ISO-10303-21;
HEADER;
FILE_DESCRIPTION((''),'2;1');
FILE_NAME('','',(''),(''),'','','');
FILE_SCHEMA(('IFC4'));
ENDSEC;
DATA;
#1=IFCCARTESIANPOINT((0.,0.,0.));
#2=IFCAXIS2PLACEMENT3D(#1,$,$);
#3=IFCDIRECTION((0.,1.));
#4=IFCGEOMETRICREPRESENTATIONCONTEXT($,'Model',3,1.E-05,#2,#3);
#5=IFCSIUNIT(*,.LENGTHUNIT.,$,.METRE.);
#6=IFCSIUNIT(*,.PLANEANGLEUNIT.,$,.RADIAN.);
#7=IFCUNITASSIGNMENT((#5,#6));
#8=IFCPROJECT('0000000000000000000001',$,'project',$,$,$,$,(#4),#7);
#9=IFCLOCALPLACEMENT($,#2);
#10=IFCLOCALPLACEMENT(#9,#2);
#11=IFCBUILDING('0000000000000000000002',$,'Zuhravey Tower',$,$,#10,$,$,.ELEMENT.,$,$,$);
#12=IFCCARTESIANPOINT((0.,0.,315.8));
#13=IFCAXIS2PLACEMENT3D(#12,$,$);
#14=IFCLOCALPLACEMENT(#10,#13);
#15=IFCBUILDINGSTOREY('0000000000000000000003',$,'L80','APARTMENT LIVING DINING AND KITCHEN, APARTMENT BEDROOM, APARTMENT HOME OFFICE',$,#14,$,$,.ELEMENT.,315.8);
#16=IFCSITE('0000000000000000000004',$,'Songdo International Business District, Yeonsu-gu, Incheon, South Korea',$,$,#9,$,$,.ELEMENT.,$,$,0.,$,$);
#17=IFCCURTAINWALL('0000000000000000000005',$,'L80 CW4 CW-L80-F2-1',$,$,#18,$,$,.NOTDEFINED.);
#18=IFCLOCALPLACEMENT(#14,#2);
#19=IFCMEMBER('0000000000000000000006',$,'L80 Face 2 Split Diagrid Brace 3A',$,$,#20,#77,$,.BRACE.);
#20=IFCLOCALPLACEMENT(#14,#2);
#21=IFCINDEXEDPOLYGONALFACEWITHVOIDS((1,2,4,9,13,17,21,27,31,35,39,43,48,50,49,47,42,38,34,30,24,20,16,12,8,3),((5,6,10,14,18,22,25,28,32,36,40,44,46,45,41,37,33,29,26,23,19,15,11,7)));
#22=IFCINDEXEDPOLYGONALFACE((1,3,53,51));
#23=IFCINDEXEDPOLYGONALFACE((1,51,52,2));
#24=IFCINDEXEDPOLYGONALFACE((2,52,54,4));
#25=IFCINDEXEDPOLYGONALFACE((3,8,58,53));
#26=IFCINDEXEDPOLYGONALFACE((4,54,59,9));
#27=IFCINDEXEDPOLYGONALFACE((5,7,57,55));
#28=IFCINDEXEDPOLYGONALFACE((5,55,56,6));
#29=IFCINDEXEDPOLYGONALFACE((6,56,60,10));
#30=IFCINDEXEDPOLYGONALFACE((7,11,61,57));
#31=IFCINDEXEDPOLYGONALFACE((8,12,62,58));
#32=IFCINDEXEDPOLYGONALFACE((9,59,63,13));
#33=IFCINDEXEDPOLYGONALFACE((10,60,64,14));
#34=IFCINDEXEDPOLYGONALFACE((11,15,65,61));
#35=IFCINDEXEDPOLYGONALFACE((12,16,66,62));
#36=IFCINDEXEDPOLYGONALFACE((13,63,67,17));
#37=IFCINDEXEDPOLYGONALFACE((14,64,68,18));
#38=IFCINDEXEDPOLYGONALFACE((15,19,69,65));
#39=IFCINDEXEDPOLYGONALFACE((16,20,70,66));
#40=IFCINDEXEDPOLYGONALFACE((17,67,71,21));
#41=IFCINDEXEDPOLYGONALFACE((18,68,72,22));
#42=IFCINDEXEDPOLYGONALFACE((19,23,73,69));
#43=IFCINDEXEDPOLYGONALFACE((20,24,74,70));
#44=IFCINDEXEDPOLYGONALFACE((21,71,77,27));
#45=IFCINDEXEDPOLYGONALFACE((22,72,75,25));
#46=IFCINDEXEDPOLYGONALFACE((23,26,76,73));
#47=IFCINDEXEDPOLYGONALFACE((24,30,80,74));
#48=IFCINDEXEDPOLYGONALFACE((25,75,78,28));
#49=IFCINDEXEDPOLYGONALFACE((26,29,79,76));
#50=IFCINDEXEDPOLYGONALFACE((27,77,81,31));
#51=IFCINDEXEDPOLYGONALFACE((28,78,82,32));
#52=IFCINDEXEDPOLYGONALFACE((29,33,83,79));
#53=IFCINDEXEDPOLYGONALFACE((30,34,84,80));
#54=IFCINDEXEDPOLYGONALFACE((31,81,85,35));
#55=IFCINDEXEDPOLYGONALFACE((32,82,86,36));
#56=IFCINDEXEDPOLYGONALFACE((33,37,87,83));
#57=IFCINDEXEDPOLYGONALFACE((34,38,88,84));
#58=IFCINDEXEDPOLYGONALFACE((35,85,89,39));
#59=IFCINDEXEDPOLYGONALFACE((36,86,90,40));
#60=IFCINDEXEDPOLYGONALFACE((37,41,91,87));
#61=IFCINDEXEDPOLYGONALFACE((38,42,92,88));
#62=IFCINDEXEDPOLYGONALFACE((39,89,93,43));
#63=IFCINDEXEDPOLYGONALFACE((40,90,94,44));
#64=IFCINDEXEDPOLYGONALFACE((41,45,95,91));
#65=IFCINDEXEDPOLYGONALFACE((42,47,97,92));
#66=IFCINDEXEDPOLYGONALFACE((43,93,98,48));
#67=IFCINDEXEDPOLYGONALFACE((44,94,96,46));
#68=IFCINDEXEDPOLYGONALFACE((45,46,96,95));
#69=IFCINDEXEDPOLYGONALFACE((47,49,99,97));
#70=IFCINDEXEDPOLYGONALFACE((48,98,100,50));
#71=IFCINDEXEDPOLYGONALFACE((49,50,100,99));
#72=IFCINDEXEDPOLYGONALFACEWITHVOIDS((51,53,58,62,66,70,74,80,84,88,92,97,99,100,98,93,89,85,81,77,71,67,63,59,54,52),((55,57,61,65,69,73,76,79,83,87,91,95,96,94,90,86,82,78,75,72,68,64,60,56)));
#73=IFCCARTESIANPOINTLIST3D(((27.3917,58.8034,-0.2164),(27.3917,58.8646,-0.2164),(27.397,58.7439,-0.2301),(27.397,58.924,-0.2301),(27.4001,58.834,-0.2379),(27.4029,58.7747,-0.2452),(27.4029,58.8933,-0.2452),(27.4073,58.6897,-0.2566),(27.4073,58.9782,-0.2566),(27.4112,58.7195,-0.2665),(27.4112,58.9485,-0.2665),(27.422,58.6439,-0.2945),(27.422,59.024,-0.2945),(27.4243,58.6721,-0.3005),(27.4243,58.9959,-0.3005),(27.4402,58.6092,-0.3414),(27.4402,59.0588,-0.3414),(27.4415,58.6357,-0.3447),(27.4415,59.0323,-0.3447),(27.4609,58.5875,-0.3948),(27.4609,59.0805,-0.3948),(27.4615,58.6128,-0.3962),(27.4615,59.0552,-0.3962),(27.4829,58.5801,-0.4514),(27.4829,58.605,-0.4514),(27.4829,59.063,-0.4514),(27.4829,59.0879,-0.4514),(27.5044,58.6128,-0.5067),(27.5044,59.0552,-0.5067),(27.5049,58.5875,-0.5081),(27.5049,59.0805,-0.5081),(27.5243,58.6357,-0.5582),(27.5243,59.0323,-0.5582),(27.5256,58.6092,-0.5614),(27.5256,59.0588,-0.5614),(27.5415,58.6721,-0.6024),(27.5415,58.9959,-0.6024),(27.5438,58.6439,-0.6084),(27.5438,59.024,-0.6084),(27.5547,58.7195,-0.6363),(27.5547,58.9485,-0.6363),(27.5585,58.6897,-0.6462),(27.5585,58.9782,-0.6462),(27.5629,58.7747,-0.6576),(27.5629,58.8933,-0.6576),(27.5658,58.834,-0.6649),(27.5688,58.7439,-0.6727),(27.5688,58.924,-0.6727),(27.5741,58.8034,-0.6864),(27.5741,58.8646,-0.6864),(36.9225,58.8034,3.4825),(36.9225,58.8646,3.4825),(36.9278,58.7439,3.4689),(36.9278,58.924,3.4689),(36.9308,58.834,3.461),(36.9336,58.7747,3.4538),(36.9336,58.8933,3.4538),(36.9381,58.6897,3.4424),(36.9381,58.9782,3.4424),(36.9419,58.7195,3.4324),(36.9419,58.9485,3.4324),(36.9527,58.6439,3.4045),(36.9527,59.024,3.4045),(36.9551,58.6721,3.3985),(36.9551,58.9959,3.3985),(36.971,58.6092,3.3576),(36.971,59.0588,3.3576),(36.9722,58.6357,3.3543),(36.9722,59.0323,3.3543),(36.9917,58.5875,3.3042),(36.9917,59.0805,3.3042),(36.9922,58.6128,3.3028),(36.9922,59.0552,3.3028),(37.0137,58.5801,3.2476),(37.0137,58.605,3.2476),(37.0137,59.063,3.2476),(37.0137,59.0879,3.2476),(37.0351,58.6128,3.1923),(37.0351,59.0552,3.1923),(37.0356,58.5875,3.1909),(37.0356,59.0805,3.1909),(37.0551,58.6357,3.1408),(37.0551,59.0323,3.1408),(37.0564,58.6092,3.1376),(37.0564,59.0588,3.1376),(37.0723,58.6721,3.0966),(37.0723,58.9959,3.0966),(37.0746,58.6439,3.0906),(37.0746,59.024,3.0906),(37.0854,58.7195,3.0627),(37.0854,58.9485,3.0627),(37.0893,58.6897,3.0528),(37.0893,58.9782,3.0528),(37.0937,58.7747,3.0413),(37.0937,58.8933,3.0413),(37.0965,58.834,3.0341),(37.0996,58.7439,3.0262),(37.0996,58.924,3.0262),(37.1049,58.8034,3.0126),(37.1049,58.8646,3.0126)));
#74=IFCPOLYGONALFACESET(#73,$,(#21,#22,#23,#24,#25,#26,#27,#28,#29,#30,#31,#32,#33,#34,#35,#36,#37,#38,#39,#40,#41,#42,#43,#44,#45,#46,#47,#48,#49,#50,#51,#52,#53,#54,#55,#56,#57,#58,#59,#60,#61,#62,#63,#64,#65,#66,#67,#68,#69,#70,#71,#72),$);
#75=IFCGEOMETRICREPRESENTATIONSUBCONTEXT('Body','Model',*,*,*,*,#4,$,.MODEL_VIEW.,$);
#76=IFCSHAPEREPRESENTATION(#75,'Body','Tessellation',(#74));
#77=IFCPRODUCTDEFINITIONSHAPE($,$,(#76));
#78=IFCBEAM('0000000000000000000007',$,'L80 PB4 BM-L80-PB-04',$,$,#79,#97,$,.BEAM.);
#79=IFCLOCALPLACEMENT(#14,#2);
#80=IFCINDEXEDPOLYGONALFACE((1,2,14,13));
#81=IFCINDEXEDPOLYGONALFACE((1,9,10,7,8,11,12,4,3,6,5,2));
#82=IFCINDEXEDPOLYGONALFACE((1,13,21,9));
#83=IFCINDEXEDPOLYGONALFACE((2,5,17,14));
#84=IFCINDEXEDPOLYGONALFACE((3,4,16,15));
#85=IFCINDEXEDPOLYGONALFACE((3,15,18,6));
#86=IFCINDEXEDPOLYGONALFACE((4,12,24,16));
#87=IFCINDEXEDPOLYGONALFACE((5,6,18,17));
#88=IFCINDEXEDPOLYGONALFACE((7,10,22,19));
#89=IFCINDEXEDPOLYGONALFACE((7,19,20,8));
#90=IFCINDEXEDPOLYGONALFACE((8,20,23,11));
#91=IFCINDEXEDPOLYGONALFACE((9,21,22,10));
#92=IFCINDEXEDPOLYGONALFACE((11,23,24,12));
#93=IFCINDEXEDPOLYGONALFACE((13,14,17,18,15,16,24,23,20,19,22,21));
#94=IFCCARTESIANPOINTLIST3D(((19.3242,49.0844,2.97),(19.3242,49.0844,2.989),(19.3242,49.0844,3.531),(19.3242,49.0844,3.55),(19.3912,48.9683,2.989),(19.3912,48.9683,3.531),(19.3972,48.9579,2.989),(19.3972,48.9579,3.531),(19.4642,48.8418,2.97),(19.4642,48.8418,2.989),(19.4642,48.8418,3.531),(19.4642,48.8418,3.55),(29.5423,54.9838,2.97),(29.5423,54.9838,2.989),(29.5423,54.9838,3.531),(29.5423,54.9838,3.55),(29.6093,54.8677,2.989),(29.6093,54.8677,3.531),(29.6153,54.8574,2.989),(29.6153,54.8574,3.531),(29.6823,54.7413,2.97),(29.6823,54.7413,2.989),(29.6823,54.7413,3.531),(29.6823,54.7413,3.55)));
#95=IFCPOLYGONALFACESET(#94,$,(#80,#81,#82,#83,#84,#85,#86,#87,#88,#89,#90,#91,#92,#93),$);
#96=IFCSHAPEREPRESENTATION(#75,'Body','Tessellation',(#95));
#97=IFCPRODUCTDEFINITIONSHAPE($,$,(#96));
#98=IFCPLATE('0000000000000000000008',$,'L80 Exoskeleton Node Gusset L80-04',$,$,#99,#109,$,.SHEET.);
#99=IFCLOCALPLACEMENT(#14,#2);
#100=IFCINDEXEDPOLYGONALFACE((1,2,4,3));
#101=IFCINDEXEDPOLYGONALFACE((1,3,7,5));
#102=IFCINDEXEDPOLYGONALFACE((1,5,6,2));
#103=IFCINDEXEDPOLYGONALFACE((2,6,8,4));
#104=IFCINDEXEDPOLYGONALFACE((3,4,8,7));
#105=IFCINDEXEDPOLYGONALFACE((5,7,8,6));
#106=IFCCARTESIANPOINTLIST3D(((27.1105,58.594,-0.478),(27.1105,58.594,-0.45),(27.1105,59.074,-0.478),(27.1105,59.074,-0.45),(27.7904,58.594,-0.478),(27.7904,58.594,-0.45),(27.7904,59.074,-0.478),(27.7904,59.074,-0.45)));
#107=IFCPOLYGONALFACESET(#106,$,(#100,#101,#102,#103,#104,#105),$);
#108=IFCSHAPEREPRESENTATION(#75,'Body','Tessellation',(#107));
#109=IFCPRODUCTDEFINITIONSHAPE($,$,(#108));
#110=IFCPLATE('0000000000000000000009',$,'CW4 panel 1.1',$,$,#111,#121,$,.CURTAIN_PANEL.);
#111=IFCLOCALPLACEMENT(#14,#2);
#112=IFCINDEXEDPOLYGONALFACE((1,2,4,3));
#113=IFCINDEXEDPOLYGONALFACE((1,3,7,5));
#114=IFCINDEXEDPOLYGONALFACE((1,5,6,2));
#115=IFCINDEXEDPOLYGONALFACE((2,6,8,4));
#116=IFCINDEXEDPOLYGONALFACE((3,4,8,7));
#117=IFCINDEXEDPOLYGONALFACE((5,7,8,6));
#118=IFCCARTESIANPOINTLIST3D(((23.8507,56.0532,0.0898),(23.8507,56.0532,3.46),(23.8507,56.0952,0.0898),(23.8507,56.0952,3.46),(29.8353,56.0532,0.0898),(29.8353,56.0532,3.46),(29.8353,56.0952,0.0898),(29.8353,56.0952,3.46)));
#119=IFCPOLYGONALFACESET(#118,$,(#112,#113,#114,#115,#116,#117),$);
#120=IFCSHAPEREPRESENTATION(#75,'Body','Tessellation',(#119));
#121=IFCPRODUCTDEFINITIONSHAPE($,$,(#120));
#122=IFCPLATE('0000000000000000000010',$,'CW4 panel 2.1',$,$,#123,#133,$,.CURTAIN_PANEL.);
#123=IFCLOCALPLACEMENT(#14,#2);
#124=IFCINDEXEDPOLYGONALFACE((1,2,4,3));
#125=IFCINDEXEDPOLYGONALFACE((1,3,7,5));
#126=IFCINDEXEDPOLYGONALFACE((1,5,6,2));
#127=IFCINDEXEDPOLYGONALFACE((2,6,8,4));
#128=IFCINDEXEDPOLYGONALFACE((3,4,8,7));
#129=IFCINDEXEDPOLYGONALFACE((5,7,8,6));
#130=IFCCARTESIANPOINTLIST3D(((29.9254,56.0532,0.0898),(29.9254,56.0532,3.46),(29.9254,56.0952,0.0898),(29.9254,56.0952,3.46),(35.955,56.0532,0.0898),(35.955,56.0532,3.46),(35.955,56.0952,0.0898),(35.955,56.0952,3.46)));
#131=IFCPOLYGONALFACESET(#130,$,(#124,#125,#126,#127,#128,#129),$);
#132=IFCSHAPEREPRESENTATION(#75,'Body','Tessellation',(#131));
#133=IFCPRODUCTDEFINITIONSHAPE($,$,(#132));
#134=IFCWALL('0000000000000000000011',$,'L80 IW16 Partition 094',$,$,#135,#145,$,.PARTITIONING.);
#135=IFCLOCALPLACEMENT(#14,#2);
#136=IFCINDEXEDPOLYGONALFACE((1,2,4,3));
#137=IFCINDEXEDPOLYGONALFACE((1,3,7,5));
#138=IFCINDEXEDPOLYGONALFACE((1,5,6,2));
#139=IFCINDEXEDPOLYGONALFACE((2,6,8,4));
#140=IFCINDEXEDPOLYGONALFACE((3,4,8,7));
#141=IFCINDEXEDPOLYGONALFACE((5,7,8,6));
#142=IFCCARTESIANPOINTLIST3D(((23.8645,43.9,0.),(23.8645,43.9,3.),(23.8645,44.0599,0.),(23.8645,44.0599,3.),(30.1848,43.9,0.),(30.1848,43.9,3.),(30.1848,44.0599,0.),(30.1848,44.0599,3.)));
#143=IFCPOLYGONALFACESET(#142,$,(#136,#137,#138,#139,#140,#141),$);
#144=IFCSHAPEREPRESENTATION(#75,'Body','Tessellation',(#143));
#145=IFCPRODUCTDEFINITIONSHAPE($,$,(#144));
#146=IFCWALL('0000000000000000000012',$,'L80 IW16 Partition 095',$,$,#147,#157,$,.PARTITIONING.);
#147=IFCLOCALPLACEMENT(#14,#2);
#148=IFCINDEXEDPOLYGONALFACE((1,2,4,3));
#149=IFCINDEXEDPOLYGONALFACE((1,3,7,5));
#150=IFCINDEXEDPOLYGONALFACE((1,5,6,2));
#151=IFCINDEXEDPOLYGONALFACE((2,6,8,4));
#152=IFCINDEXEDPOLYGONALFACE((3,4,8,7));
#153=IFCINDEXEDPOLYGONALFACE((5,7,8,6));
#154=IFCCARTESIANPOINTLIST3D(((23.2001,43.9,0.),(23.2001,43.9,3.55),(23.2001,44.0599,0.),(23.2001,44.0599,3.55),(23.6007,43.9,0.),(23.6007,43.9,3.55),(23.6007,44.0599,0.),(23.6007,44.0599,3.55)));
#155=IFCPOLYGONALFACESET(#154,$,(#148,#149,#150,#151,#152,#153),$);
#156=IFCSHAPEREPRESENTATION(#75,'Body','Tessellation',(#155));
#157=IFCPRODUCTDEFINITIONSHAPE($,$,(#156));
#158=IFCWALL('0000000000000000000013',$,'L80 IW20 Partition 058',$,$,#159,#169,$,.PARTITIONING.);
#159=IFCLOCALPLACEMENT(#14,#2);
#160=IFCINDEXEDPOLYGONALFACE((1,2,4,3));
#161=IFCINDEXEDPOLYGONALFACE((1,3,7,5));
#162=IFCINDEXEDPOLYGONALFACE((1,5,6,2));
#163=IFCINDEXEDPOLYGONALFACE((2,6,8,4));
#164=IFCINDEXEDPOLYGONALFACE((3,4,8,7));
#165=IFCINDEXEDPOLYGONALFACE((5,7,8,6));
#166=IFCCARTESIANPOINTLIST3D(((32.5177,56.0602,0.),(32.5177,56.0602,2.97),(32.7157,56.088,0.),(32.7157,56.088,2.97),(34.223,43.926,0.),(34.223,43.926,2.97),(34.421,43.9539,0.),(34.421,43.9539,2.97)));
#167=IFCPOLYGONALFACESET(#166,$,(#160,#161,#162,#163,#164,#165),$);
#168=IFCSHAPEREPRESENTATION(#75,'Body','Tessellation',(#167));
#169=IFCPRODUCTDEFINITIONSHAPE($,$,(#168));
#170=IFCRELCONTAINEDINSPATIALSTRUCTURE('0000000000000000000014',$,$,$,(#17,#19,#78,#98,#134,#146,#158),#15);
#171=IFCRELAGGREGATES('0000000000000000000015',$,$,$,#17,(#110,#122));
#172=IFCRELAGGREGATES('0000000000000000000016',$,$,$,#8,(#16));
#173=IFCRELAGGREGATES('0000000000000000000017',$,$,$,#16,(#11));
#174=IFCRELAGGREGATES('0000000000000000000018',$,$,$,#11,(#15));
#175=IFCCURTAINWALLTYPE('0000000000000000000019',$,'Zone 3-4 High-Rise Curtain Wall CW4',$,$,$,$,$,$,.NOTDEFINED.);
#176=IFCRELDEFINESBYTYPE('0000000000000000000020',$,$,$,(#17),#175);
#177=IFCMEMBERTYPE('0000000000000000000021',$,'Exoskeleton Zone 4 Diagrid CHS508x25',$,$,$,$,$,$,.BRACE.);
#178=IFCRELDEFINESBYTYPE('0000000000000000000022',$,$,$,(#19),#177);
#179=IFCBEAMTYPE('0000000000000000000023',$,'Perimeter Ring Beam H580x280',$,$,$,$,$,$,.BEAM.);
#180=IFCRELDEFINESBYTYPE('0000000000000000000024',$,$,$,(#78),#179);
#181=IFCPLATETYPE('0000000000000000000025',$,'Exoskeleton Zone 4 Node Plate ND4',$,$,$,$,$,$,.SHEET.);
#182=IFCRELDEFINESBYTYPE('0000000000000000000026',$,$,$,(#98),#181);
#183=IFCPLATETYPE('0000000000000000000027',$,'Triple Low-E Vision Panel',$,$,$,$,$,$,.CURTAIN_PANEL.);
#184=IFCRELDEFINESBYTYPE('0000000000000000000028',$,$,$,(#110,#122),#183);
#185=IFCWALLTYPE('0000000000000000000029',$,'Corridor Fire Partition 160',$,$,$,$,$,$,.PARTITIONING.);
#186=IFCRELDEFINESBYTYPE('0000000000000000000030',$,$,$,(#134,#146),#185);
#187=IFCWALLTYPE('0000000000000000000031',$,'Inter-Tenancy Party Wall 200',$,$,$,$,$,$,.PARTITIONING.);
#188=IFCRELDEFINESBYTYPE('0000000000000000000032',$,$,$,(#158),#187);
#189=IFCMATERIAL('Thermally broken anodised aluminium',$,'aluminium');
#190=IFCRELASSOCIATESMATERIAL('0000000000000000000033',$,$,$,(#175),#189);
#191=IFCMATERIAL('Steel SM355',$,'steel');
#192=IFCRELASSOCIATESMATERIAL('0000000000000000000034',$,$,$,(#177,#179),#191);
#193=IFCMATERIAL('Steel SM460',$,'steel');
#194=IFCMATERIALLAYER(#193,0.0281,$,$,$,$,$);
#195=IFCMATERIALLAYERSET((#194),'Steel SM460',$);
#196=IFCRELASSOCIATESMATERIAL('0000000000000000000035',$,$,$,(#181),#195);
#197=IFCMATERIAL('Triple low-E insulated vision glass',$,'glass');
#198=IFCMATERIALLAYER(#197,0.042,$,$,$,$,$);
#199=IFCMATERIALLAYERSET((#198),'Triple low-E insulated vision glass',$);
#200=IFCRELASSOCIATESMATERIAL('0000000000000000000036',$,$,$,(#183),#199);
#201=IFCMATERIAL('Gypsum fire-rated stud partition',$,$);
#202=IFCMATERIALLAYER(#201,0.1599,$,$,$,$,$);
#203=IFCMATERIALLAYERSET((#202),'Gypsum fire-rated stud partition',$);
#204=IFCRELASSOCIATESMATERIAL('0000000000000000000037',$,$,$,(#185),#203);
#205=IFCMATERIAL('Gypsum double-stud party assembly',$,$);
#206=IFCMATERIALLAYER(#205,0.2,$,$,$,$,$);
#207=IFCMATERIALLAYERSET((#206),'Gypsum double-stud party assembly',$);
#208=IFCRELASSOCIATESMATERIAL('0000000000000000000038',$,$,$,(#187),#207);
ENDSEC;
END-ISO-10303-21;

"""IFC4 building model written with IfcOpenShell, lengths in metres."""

from ifc_helpers import new_model, si_unit, direction, frame, frame_2d, origin, origin_2d, place, context, subcontext, project, spatial, rectangle, hollow_circle, i_section, extrude, material, layer, layer_set, material_profile, profile_set, type_object, element, aggregate, save


model = new_model("IFC4")

# Units and contexts
model_context = context("Model", 3, precision=1e-05, world=origin(), true_north=direction((0.0, 1.0)))
body_context = subcontext(model_context, "Body", "Model", "MODEL_VIEW")
ifc_project = project(units=[si_unit("LENGTHUNIT", "METRE"), si_unit("PLANEANGLEUNIT", "RADIAN")], contexts=[model_context])

# Site, building, storey
site_placement = place(None, origin())
site = spatial("IfcSite", under=ifc_project, at=site_placement, Name="Songdo International Business District, Yeonsu-gu, Incheon, South Korea", CompositionType="ELEMENT", RefElevation=0.0)
building_placement = place(site_placement, origin())
building = spatial("IfcBuilding", under=site, at=building_placement, Name="Zuhravey Tower", CompositionType="ELEMENT")
storey_placement = place(building_placement, frame((0.0, 0.0, 315.8)))
storey = spatial("IfcBuildingStorey", under=building, at=storey_placement, Name="L80", Description="APARTMENT LIVING DINING AND KITCHEN, APARTMENT BEDROOM, APARTMENT HOME OFFICE", CompositionType="ELEMENT", Elevation=315.8)

# Curtain wall
ifc_material_1 = material(Name="Thermally broken anodised aluminium", Category="aluminium")
curtain_wall_type = type_object("IfcCurtainWallType", Name="Zone 3-4 High-Rise Curtain Wall CW4", PredefinedType="NOTDEFINED", material=ifc_material_1)
curtain_wall_placement = place(storey_placement, origin())
curtain_wall = element("IfcCurtainWall", 1, at=curtain_wall_placement, inside=storey, type_object=curtain_wall_type, Name="L80 CW4 CW-L80-F2-1", PredefinedType="NOTDEFINED")

# Member
ifc_material_2 = material(Name="Steel SM355", Category="steel")
ifc_material_profile_1 = material_profile(ifc_material_2, hollow_circle(Radius=0.2539, WallThickness=0.0249, at=origin_2d()), Name="CHS-508.0x25")
ifc_profile_set_1 = profile_set([ifc_material_profile_1], Name="Steel SM355")
member_type_1 = type_object("IfcMemberType", Name="Exoskeleton Zone 4 Diagrid CHS508x25", PredefinedType="BRACE", material=ifc_profile_set_1)
member_1_placement = place(storey_placement, frame((27.4829, 58.834, -0.4514), z_axis=(0.93225, 0.0, 0.361815), x_axis=(0.0, 1.0, 0.0)))
element("IfcMember", 2, at=member_1_placement, inside=storey, type_object=member_type_1, Name="L80 Face 2 Split Diagrid Brace 3A", PredefinedType="BRACE", context=body_context, shape_type="SweptSolid", body=[
    extrude(hollow_circle(Radius=0.2539, WallThickness=0.0249, at=origin_2d()), origin(), (0.0, 0.0, 1.0), 10.2234),
])

# Beam
ifc_material_profile_2 = material_profile(ifc_material_2, i_section(OverallWidth=0.28, OverallDepth=0.5801, WebThickness=0.012, FlangeThickness=0.019, at=origin_2d()), Name="H-580x280x12x19")
ifc_profile_set_2 = profile_set([ifc_material_profile_2], Name="Steel SM355")
beam_type = type_object("IfcBeamType", Name="Perimeter Ring Beam H580x280", PredefinedType="BEAM", material=ifc_profile_set_2)
beam_placement = place(storey_placement, frame((29.6123, 54.8625, 3.26), z_axis=(-0.866024, -0.500002, 0.0), x_axis=(0.500002, -0.866024, 0.0)))
element("IfcBeam", 3, at=beam_placement, inside=storey, type_object=beam_type, Name="L80 PB4 BM-L80-PB-04", PredefinedType="BEAM", context=body_context, shape_type="SweptSolid", body=[
    extrude(i_section(OverallWidth=0.28, OverallDepth=0.5801, WebThickness=0.012, FlangeThickness=0.019, at=origin_2d()), origin(), (0.0, 0.0, 1.0), 11.7988),
])

# Plates
ifc_material_3 = material(Name="Steel SM460", Category="steel")
ifc_layer_1 = layer(ifc_material_3, 0.0281)
ifc_layer_set_1 = layer_set([ifc_layer_1], Name="Steel SM460")
plate_type_1 = type_object("IfcPlateType", Name="Exoskeleton Zone 4 Node Plate ND4", PredefinedType="SHEET", material=ifc_layer_set_1)
plate_1_placement = place(storey_placement, frame((27.4504, 58.834, -0.478), z_axis=(0.0, 0.0, 1.0), x_axis=(-1.0, 0.0, 0.0)))
element("IfcPlate", 4, at=plate_1_placement, inside=storey, type_object=plate_type_1, Name="L80 Exoskeleton Node Gusset L80-04", PredefinedType="SHEET", context=body_context, shape_type="SweptSolid", body=[
    extrude(rectangle(XDim=0.6799, YDim=0.48, at=origin_2d()), origin(), (0.0, 0.0, 1.0), 0.0281),
])
ifc_material_4 = material(Name="Triple low-E insulated vision glass", Category="glass")
ifc_layer_2 = layer(ifc_material_4, 0.042)
ifc_layer_set_2 = layer_set([ifc_layer_2], Name="Triple low-E insulated vision glass")
plate_type_2 = type_object("IfcPlateType", Name="Triple Low-E Vision Panel", PredefinedType="CURTAIN_PANEL", material=ifc_layer_set_2)
plate_2_placement = place(storey_placement, frame((26.843, 56.0742, 0.0898), z_axis=(0.0, 0.0, 1.0), x_axis=(1.0, 0.0, 0.0)))
plate_2 = element("IfcPlate", 5, at=plate_2_placement, type_object=plate_type_2, Name="CW4 panel 1.1", PredefinedType="CURTAIN_PANEL", context=body_context, shape_type="SweptSolid", body=[
    extrude(rectangle(XDim=5.9846, YDim=0.042, at=origin_2d()), origin(), (0.0, 0.0, 1.0), 3.3701),
])
plate_3_placement = place(storey_placement, frame((32.9402, 56.0742, 0.0898), z_axis=(0.0, 0.0, 1.0), x_axis=(1.0, 0.0, 0.0)))
plate_3 = element("IfcPlate", 6, at=plate_3_placement, type_object=plate_type_2, Name="CW4 panel 2.1", PredefinedType="CURTAIN_PANEL", context=body_context, shape_type="SweptSolid", body=[
    extrude(rectangle(XDim=6.0295, YDim=0.042, at=origin_2d()), origin(), (0.0, 0.0, 1.0), 3.3701),
])
aggregate(curtain_wall, [plate_2, plate_3])

# Shared definitions
ifc_material_5 = material(Name="Gypsum fire-rated stud partition")
ifc_layer_3 = layer(ifc_material_5, 0.1599)
ifc_layer_set_3 = layer_set([ifc_layer_3], Name="Gypsum fire-rated stud partition")
wall_type_1 = type_object("IfcWallType", Name="Corridor Fire Partition 160", PredefinedType="PARTITIONING", material=ifc_layer_set_3)

# Walls
wall_1_placement = place(storey_placement, frame((30.1848, 43.98, 0.0), z_axis=(0.0, 0.0, 1.0), x_axis=(-1.0, 0.0, 0.0)))
element("IfcWall", 7, at=wall_1_placement, inside=storey, type_object=wall_type_1, Name="L80 IW16 Partition 094", PredefinedType="PARTITIONING", context=body_context, shape_type="SweptSolid", body=[
    extrude(rectangle(XDim=6.3203, YDim=0.1599, at=frame_2d((3.1602, 0.0))), origin(), (0.0, 0.0, 1.0), 3.0),
])
wall_2_placement = place(storey_placement, frame((23.6006, 43.98, 0.0), z_axis=(0.0, 0.0, 1.0), x_axis=(-1.0, 0.0, 0.0)))
element("IfcWall", 8, at=wall_2_placement, inside=storey, type_object=wall_type_1, Name="L80 IW16 Partition 095", PredefinedType="PARTITIONING", context=body_context, shape_type="SweptSolid", body=[
    extrude(rectangle(XDim=0.4006, YDim=0.1599, at=frame_2d((0.2002, 0.0))), origin(), (0.0, 0.0, 1.0), 3.55),
])
ifc_material_6 = material(Name="Gypsum double-stud party assembly")
ifc_layer_4 = layer(ifc_material_6, 0.2)
ifc_layer_set_4 = layer_set([ifc_layer_4], Name="Gypsum double-stud party assembly")
wall_type_2 = type_object("IfcWallType", Name="Inter-Tenancy Party Wall 200", PredefinedType="PARTITIONING", material=ifc_layer_set_4)
wall_3_placement = place(storey_placement, frame((34.322, 43.9399, 0.0), z_axis=(0.0, 0.0, 1.0), x_axis=(-0.13917, 0.990269, 0.0)))
element("IfcWall", 9, at=wall_3_placement, inside=storey, type_object=wall_type_2, Name="L80 IW20 Partition 058", PredefinedType="PARTITIONING", context=body_context, shape_type="SweptSolid", body=[
    extrude(rectangle(XDim=12.2534, YDim=0.2, at=frame_2d((6.1267, 0.0))), origin(), (0.0, 0.0, 1.0), 2.97),
])

save(model, "model.ifc")
